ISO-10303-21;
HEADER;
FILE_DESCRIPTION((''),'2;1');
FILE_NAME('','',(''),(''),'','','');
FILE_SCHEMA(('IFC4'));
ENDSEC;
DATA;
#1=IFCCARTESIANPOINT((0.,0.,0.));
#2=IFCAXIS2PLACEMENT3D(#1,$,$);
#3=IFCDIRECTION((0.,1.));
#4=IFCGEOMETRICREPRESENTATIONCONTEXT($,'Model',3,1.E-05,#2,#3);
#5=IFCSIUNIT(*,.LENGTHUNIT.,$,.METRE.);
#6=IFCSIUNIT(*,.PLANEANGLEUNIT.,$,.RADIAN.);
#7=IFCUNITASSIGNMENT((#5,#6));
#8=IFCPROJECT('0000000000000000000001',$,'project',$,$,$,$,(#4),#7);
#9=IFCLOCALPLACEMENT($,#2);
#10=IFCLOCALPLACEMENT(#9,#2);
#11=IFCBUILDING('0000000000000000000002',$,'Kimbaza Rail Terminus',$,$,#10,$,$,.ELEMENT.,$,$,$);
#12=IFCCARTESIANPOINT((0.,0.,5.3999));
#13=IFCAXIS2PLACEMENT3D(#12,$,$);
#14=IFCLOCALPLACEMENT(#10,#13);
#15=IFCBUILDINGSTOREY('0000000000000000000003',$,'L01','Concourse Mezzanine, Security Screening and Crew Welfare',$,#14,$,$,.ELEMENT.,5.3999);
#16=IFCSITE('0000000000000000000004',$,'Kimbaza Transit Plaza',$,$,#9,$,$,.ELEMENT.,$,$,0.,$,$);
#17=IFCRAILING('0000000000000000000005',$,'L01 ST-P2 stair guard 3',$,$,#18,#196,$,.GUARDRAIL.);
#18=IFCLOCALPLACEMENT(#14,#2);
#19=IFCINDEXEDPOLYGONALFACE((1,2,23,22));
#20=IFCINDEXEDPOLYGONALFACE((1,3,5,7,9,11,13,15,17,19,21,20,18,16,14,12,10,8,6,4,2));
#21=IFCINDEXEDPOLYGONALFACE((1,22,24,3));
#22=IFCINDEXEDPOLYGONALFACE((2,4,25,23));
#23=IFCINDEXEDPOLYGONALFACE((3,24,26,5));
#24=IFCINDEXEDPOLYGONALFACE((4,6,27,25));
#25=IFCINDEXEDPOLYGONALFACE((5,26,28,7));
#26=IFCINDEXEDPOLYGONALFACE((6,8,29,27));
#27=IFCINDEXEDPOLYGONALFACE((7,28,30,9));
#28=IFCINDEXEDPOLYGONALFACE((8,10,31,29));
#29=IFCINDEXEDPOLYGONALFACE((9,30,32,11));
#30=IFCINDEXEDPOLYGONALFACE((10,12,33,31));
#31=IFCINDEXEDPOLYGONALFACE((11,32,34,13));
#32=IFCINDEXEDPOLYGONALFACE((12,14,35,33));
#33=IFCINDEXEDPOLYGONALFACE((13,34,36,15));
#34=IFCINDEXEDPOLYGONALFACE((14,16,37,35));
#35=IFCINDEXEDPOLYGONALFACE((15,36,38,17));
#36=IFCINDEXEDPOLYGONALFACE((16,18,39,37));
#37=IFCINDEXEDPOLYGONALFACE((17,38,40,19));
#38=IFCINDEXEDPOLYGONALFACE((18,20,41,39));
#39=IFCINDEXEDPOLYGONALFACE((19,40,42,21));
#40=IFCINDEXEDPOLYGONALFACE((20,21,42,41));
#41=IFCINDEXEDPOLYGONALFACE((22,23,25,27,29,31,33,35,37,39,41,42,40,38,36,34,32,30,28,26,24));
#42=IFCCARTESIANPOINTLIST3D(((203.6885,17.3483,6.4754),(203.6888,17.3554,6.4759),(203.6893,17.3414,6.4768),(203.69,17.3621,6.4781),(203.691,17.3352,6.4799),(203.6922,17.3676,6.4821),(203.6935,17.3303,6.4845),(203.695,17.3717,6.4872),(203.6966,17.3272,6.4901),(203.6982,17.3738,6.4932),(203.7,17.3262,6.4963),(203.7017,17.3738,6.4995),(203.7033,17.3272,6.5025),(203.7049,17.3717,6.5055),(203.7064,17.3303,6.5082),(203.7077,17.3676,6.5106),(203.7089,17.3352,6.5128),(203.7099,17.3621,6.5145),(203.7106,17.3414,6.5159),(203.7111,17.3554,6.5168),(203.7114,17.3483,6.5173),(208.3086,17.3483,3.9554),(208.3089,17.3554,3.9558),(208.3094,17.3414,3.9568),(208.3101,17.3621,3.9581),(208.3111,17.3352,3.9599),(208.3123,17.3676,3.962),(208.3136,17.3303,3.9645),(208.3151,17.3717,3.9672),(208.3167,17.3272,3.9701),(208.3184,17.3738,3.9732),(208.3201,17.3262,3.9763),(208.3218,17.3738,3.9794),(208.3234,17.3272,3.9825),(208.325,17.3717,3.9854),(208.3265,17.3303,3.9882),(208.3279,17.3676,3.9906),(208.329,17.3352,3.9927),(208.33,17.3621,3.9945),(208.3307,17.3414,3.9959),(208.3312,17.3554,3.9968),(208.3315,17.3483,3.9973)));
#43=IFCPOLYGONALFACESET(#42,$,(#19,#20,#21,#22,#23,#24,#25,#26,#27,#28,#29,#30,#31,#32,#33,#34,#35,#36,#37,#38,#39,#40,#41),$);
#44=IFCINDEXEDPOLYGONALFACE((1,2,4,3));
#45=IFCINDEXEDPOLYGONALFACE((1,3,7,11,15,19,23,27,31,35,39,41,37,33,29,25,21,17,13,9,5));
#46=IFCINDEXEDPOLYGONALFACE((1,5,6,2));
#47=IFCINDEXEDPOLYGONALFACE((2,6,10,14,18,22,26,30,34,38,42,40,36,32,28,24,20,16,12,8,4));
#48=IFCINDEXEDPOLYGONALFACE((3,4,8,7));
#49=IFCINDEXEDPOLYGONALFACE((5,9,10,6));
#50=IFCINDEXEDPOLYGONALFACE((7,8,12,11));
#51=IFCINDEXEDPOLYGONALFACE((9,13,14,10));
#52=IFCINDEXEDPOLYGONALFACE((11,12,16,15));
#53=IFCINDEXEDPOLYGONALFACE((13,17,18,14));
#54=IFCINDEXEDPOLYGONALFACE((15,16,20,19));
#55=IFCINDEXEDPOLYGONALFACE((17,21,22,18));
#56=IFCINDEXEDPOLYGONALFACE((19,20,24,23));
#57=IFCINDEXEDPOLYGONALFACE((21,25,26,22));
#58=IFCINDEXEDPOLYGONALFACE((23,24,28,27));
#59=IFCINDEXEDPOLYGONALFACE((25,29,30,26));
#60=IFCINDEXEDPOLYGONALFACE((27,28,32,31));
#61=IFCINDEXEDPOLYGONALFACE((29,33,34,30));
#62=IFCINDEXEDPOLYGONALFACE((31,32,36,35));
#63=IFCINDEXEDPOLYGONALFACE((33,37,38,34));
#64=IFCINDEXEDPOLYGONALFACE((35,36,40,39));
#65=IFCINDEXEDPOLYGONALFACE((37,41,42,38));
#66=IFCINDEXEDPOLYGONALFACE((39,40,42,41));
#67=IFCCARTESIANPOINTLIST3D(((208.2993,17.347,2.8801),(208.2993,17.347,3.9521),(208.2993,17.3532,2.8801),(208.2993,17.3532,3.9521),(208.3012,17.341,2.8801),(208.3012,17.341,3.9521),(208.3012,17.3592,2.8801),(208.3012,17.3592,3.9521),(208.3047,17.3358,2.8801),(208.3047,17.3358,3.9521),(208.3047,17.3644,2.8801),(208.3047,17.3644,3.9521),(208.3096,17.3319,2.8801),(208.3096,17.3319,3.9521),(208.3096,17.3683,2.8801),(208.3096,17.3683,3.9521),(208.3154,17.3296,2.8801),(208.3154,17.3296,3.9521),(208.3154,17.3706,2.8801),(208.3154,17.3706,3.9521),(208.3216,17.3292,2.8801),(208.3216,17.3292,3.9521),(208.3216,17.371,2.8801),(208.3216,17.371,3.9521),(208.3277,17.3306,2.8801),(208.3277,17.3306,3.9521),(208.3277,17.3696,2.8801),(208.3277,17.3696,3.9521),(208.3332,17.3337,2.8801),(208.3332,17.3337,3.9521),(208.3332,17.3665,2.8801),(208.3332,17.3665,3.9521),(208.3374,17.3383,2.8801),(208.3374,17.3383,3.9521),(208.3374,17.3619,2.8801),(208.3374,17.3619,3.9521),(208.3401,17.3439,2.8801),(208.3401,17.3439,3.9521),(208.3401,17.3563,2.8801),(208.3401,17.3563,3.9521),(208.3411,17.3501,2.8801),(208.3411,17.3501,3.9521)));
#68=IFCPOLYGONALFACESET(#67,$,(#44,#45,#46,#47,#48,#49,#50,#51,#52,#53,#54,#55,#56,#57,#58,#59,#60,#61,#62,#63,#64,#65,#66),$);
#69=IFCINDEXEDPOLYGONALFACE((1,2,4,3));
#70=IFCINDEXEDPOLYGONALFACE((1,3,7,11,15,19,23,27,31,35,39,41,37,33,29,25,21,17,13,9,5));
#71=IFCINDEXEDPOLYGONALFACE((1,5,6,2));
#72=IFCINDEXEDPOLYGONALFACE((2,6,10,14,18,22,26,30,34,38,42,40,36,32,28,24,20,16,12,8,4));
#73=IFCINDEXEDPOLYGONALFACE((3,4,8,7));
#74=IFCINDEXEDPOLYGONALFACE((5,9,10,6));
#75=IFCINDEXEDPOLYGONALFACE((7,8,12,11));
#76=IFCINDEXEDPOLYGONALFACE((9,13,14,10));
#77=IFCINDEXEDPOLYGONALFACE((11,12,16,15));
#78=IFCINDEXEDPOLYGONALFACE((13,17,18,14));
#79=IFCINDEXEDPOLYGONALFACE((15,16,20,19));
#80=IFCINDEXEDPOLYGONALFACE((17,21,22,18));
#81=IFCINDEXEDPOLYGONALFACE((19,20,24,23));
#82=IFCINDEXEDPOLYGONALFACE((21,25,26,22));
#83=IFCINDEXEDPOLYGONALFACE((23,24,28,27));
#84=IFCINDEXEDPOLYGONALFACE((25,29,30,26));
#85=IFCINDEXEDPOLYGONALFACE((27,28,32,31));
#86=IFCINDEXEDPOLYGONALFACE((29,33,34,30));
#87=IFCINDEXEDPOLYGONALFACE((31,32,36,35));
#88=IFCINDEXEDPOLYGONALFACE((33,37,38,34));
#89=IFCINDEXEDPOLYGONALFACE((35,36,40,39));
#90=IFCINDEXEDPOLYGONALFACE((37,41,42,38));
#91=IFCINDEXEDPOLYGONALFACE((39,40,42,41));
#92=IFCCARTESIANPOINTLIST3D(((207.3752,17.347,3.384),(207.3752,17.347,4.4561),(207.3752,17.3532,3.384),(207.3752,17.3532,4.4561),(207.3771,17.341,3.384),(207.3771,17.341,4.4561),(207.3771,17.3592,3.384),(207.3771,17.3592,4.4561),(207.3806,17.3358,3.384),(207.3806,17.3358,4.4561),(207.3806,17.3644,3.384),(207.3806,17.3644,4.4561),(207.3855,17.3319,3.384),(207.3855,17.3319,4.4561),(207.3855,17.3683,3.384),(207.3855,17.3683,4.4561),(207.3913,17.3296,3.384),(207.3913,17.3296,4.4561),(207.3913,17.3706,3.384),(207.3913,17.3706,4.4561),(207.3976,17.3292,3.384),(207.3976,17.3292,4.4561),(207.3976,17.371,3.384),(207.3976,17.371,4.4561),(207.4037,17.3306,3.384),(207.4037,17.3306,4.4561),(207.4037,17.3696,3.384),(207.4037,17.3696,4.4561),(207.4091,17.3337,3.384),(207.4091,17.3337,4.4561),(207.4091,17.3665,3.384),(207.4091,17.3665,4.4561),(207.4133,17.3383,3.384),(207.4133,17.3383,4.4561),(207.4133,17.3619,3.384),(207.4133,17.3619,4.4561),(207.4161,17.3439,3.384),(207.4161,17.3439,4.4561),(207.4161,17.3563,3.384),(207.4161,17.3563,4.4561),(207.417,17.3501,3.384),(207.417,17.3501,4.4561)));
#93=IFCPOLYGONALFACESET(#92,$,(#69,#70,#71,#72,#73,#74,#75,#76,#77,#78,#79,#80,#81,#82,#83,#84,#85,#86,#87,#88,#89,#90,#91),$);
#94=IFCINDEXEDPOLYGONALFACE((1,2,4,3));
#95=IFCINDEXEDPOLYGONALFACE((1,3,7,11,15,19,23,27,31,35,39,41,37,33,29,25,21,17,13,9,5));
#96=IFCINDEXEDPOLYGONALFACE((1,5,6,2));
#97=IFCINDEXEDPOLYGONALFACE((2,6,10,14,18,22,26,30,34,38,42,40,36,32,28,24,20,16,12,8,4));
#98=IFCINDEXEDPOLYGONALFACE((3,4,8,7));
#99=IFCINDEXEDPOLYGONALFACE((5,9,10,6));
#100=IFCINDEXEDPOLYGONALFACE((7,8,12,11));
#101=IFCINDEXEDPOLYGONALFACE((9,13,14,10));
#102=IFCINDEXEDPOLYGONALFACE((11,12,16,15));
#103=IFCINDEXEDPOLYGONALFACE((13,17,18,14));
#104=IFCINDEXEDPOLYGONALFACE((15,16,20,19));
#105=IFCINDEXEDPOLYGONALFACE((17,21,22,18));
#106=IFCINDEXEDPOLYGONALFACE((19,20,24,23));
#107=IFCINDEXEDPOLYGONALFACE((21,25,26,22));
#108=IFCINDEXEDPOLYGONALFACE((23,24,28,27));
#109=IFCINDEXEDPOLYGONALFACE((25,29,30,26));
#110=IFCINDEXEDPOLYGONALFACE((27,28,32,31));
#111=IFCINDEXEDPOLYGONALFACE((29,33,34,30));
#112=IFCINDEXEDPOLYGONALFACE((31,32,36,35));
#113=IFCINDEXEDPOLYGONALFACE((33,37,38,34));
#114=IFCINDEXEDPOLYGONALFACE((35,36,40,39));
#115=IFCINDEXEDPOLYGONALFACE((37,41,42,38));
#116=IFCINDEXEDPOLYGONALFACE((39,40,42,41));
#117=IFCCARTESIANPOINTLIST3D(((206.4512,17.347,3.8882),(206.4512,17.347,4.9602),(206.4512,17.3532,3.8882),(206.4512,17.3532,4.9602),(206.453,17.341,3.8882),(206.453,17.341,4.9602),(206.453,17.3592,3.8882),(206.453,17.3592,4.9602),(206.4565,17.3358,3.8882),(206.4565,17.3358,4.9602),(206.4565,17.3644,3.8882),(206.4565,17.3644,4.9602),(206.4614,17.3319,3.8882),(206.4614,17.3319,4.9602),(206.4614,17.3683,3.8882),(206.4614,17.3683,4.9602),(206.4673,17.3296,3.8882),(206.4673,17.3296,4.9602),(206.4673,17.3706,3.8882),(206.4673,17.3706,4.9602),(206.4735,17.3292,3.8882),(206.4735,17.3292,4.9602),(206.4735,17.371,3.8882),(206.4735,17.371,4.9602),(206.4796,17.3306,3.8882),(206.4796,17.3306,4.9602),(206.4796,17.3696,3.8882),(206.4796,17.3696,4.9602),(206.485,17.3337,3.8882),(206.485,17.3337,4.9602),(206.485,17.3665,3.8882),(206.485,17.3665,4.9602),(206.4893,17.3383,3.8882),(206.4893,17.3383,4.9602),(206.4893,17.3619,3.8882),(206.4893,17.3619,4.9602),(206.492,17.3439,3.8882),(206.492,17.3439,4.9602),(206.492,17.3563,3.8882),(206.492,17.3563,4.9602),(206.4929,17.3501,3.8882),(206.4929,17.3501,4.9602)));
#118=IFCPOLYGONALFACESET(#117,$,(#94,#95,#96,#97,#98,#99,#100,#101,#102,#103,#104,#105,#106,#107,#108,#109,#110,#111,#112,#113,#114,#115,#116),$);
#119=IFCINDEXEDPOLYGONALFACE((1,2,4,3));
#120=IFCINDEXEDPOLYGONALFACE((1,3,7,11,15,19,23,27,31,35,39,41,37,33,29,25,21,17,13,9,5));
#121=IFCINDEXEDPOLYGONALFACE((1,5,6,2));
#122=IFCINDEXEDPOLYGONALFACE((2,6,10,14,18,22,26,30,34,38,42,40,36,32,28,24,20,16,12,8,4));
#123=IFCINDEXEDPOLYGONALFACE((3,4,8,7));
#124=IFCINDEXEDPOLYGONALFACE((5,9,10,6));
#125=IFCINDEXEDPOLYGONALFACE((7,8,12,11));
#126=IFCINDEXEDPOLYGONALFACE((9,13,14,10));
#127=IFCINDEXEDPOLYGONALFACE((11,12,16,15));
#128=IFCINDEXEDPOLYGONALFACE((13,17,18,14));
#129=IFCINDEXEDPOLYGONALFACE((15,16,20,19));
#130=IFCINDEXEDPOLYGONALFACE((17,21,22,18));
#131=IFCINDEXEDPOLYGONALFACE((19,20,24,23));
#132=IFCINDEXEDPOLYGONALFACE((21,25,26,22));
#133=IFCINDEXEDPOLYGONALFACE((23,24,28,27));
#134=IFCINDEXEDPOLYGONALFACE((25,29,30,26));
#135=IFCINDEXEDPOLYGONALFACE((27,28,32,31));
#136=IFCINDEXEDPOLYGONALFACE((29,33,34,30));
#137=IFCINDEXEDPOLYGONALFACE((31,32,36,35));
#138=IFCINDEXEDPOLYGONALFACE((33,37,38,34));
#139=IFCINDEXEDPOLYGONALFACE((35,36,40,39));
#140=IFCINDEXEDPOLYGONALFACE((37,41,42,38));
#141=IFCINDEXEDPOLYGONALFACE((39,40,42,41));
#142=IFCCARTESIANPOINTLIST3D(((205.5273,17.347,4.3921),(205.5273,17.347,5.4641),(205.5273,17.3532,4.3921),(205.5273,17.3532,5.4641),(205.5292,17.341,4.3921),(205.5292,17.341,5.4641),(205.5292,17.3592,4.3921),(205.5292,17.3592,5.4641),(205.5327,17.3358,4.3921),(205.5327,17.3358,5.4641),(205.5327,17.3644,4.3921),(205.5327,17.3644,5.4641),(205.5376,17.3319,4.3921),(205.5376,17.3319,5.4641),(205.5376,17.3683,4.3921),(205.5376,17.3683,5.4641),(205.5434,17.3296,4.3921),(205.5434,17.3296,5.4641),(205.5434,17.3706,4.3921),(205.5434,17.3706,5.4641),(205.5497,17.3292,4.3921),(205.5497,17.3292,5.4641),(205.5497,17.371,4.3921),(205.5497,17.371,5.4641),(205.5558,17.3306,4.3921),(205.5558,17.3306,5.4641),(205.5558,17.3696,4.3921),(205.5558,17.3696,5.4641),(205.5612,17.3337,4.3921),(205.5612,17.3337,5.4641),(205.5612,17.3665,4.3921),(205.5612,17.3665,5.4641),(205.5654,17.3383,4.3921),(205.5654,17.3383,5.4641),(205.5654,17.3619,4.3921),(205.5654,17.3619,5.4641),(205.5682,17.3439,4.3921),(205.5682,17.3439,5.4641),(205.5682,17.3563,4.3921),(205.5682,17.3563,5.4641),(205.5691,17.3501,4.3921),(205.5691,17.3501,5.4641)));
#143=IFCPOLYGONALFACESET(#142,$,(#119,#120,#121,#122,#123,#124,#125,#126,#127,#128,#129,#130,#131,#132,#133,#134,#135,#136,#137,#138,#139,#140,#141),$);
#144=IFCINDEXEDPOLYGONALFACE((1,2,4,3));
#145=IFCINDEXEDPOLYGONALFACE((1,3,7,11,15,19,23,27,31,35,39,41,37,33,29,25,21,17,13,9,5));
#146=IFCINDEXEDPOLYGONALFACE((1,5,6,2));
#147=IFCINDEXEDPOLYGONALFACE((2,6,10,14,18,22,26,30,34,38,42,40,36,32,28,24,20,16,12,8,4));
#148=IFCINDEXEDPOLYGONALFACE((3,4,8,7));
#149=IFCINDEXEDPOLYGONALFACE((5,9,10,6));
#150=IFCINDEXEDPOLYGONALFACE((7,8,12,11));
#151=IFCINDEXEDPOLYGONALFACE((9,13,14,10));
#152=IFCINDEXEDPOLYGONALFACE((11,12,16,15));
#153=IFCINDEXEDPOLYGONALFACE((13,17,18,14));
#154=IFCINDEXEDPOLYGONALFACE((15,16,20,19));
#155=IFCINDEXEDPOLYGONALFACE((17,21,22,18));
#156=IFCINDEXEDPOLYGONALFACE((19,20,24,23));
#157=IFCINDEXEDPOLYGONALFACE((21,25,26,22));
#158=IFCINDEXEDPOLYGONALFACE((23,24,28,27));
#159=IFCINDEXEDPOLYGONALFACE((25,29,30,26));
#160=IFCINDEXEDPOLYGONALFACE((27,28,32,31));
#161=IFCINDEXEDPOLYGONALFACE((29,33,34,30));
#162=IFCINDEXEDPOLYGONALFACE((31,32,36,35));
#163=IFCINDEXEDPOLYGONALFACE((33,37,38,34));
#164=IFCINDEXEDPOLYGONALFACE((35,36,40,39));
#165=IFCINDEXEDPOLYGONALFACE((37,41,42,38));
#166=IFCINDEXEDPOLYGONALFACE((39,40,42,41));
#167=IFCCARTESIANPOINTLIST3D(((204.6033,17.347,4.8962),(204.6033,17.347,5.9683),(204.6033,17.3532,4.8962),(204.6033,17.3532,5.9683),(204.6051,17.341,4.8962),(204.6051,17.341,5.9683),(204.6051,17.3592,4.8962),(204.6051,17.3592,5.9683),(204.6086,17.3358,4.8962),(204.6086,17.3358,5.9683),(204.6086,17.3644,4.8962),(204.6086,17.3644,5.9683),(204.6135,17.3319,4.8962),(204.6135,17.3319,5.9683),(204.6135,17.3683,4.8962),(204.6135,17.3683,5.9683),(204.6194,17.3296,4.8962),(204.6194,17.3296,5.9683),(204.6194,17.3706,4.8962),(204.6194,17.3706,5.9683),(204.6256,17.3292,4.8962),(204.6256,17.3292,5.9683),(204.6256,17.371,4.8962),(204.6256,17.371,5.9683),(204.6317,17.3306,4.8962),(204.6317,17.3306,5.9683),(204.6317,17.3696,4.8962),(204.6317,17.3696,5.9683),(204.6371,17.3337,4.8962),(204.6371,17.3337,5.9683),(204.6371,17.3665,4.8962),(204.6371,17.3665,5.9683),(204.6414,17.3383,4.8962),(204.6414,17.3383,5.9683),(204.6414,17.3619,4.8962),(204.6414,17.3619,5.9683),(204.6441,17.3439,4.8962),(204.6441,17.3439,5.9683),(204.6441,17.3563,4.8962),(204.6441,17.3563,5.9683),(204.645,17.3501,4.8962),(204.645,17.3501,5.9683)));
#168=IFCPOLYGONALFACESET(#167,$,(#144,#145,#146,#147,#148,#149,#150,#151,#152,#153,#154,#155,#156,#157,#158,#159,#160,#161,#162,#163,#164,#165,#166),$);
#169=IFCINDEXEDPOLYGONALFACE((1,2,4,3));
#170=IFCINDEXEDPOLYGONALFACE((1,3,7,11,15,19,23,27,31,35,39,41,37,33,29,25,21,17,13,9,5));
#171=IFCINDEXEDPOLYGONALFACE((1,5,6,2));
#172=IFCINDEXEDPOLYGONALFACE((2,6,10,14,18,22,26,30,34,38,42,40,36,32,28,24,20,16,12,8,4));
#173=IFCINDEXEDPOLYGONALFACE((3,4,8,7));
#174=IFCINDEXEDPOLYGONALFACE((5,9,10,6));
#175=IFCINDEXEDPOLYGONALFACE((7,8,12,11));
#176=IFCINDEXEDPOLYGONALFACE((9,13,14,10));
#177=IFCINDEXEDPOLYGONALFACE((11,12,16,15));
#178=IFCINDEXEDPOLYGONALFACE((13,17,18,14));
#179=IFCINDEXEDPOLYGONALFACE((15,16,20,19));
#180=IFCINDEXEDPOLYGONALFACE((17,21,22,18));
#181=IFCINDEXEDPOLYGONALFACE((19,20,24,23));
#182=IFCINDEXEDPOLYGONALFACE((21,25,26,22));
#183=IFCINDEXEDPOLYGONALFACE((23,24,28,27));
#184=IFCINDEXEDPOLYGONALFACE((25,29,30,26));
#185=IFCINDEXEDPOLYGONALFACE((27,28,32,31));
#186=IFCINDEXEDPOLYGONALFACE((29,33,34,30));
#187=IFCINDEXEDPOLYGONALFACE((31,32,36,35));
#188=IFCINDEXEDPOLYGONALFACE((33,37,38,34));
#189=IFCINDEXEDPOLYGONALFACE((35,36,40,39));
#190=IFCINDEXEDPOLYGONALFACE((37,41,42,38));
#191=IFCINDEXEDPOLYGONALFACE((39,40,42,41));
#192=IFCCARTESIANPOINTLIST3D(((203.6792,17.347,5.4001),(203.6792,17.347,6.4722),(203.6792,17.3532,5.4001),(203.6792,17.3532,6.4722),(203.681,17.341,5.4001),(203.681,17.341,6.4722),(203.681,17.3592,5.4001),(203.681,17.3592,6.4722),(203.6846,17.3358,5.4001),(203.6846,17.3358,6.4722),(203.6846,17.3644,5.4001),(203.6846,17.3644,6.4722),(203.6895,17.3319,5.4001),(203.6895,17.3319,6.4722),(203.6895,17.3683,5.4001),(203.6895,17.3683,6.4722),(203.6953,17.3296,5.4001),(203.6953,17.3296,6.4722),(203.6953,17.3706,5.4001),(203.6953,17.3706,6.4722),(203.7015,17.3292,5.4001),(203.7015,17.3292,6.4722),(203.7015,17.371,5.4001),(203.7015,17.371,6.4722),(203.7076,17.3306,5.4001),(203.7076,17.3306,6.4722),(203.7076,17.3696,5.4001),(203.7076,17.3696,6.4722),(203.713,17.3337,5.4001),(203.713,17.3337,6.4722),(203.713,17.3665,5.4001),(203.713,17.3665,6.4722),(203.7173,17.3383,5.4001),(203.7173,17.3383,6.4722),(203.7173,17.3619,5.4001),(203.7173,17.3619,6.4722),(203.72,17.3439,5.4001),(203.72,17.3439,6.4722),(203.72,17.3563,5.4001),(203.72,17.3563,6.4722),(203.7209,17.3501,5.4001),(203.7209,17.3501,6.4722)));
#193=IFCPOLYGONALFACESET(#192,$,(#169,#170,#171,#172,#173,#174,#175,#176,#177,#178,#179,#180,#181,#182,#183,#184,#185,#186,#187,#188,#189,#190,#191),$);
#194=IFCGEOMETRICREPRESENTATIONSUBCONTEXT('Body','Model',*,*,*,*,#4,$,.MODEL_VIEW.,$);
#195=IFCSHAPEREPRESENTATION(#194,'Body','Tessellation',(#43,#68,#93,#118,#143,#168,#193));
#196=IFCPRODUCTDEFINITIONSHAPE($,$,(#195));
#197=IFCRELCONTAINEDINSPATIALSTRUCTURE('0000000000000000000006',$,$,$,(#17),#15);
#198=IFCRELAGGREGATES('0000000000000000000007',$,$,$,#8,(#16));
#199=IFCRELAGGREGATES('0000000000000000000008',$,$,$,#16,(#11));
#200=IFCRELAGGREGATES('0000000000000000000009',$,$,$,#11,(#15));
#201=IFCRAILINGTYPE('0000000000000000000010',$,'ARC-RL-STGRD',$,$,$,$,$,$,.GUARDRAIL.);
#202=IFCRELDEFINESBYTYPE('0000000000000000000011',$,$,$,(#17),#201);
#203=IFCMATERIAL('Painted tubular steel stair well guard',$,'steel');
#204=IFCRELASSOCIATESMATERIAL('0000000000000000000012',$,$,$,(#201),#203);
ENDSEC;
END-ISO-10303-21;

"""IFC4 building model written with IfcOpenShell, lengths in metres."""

from ifc_helpers import new_model, si_unit, direction, frame, origin, origin_2d, place, context, subcontext, project, spatial, circle, extrude, material, type_object, element, save


model = new_model("IFC4")

# Units and contexts
model_context = context("Model", 3, precision=1e-05, world=origin(), true_north=direction((0.0, 1.0)))
body_context = subcontext(model_context, "Body", "Model", "MODEL_VIEW")
ifc_project = project(units=[si_unit("LENGTHUNIT", "METRE"), si_unit("PLANEANGLEUNIT", "RADIAN")], contexts=[model_context])

# Site, building, storey
site_placement = place(None, origin())
site = spatial("IfcSite", under=ifc_project, at=site_placement, Name="Kimbaza Transit Plaza", CompositionType="ELEMENT", RefElevation=0.0)
building_placement = place(site_placement, origin())
building = spatial("IfcBuilding", under=site, at=building_placement, Name="Kimbaza Rail Terminus", CompositionType="ELEMENT")
storey_placement = place(building_placement, frame((0.0, 0.0, 5.3999)))
storey = spatial("IfcBuildingStorey", under=building, at=storey_placement, Name="L01", Description="Concourse Mezzanine, Security Screening and Crew Welfare", CompositionType="ELEMENT", Elevation=5.3999)

# Railing
ifc_material_1 = material(Name="Painted tubular steel stair well guard", Category="steel")
railing_type_1 = type_object("IfcRailingType", Name="ARC-RL-STGRD", PredefinedType="GUARDRAIL", material=ifc_material_1)
railing_1_placement = place(storey_placement, frame((208.3201, 17.3501, 2.8801)))
element("IfcRailing", 1, at=railing_1_placement, inside=storey, type_object=railing_type_1, Name="L01 ST-P2 stair guard 3", PredefinedType="GUARDRAIL", context=body_context, shape_type="SweptSolid", body=[
    extrude(circle(Radius=0.0239, at=origin_2d()), frame((0.0, 0.0, 1.0962), z_axis=(-0.877899, 0.0, 0.478846), x_axis=(0.0, -1.0, 0.0)), (0.0, 0.0, 1.0), 5.2627),
    extrude(circle(Radius=0.021, at=origin_2d()), origin(), (0.0, 0.0, 1.0), 1.072),
    extrude(circle(Radius=0.021, at=origin_2d()), frame((-0.9241, 0.0, 0.5039)), (0.0, 0.0, 1.0), 1.072),
    extrude(circle(Radius=0.021, at=origin_2d()), frame((-1.8481, 0.0, 1.0081)), (0.0, 0.0, 1.0), 1.072),
    extrude(circle(Radius=0.021, at=origin_2d()), frame((-2.772, 0.0, 1.512)), (0.0, 0.0, 1.0), 1.072),
    extrude(circle(Radius=0.021, at=origin_2d()), frame((-3.696, 0.0, 2.0161)), (0.0, 0.0, 1.0), 1.072),
    extrude(circle(Radius=0.021, at=origin_2d()), frame((-4.6201, 0.0, 2.52)), (0.0, 0.0, 1.0), 1.072),
])

save(model, "model.ifc")
